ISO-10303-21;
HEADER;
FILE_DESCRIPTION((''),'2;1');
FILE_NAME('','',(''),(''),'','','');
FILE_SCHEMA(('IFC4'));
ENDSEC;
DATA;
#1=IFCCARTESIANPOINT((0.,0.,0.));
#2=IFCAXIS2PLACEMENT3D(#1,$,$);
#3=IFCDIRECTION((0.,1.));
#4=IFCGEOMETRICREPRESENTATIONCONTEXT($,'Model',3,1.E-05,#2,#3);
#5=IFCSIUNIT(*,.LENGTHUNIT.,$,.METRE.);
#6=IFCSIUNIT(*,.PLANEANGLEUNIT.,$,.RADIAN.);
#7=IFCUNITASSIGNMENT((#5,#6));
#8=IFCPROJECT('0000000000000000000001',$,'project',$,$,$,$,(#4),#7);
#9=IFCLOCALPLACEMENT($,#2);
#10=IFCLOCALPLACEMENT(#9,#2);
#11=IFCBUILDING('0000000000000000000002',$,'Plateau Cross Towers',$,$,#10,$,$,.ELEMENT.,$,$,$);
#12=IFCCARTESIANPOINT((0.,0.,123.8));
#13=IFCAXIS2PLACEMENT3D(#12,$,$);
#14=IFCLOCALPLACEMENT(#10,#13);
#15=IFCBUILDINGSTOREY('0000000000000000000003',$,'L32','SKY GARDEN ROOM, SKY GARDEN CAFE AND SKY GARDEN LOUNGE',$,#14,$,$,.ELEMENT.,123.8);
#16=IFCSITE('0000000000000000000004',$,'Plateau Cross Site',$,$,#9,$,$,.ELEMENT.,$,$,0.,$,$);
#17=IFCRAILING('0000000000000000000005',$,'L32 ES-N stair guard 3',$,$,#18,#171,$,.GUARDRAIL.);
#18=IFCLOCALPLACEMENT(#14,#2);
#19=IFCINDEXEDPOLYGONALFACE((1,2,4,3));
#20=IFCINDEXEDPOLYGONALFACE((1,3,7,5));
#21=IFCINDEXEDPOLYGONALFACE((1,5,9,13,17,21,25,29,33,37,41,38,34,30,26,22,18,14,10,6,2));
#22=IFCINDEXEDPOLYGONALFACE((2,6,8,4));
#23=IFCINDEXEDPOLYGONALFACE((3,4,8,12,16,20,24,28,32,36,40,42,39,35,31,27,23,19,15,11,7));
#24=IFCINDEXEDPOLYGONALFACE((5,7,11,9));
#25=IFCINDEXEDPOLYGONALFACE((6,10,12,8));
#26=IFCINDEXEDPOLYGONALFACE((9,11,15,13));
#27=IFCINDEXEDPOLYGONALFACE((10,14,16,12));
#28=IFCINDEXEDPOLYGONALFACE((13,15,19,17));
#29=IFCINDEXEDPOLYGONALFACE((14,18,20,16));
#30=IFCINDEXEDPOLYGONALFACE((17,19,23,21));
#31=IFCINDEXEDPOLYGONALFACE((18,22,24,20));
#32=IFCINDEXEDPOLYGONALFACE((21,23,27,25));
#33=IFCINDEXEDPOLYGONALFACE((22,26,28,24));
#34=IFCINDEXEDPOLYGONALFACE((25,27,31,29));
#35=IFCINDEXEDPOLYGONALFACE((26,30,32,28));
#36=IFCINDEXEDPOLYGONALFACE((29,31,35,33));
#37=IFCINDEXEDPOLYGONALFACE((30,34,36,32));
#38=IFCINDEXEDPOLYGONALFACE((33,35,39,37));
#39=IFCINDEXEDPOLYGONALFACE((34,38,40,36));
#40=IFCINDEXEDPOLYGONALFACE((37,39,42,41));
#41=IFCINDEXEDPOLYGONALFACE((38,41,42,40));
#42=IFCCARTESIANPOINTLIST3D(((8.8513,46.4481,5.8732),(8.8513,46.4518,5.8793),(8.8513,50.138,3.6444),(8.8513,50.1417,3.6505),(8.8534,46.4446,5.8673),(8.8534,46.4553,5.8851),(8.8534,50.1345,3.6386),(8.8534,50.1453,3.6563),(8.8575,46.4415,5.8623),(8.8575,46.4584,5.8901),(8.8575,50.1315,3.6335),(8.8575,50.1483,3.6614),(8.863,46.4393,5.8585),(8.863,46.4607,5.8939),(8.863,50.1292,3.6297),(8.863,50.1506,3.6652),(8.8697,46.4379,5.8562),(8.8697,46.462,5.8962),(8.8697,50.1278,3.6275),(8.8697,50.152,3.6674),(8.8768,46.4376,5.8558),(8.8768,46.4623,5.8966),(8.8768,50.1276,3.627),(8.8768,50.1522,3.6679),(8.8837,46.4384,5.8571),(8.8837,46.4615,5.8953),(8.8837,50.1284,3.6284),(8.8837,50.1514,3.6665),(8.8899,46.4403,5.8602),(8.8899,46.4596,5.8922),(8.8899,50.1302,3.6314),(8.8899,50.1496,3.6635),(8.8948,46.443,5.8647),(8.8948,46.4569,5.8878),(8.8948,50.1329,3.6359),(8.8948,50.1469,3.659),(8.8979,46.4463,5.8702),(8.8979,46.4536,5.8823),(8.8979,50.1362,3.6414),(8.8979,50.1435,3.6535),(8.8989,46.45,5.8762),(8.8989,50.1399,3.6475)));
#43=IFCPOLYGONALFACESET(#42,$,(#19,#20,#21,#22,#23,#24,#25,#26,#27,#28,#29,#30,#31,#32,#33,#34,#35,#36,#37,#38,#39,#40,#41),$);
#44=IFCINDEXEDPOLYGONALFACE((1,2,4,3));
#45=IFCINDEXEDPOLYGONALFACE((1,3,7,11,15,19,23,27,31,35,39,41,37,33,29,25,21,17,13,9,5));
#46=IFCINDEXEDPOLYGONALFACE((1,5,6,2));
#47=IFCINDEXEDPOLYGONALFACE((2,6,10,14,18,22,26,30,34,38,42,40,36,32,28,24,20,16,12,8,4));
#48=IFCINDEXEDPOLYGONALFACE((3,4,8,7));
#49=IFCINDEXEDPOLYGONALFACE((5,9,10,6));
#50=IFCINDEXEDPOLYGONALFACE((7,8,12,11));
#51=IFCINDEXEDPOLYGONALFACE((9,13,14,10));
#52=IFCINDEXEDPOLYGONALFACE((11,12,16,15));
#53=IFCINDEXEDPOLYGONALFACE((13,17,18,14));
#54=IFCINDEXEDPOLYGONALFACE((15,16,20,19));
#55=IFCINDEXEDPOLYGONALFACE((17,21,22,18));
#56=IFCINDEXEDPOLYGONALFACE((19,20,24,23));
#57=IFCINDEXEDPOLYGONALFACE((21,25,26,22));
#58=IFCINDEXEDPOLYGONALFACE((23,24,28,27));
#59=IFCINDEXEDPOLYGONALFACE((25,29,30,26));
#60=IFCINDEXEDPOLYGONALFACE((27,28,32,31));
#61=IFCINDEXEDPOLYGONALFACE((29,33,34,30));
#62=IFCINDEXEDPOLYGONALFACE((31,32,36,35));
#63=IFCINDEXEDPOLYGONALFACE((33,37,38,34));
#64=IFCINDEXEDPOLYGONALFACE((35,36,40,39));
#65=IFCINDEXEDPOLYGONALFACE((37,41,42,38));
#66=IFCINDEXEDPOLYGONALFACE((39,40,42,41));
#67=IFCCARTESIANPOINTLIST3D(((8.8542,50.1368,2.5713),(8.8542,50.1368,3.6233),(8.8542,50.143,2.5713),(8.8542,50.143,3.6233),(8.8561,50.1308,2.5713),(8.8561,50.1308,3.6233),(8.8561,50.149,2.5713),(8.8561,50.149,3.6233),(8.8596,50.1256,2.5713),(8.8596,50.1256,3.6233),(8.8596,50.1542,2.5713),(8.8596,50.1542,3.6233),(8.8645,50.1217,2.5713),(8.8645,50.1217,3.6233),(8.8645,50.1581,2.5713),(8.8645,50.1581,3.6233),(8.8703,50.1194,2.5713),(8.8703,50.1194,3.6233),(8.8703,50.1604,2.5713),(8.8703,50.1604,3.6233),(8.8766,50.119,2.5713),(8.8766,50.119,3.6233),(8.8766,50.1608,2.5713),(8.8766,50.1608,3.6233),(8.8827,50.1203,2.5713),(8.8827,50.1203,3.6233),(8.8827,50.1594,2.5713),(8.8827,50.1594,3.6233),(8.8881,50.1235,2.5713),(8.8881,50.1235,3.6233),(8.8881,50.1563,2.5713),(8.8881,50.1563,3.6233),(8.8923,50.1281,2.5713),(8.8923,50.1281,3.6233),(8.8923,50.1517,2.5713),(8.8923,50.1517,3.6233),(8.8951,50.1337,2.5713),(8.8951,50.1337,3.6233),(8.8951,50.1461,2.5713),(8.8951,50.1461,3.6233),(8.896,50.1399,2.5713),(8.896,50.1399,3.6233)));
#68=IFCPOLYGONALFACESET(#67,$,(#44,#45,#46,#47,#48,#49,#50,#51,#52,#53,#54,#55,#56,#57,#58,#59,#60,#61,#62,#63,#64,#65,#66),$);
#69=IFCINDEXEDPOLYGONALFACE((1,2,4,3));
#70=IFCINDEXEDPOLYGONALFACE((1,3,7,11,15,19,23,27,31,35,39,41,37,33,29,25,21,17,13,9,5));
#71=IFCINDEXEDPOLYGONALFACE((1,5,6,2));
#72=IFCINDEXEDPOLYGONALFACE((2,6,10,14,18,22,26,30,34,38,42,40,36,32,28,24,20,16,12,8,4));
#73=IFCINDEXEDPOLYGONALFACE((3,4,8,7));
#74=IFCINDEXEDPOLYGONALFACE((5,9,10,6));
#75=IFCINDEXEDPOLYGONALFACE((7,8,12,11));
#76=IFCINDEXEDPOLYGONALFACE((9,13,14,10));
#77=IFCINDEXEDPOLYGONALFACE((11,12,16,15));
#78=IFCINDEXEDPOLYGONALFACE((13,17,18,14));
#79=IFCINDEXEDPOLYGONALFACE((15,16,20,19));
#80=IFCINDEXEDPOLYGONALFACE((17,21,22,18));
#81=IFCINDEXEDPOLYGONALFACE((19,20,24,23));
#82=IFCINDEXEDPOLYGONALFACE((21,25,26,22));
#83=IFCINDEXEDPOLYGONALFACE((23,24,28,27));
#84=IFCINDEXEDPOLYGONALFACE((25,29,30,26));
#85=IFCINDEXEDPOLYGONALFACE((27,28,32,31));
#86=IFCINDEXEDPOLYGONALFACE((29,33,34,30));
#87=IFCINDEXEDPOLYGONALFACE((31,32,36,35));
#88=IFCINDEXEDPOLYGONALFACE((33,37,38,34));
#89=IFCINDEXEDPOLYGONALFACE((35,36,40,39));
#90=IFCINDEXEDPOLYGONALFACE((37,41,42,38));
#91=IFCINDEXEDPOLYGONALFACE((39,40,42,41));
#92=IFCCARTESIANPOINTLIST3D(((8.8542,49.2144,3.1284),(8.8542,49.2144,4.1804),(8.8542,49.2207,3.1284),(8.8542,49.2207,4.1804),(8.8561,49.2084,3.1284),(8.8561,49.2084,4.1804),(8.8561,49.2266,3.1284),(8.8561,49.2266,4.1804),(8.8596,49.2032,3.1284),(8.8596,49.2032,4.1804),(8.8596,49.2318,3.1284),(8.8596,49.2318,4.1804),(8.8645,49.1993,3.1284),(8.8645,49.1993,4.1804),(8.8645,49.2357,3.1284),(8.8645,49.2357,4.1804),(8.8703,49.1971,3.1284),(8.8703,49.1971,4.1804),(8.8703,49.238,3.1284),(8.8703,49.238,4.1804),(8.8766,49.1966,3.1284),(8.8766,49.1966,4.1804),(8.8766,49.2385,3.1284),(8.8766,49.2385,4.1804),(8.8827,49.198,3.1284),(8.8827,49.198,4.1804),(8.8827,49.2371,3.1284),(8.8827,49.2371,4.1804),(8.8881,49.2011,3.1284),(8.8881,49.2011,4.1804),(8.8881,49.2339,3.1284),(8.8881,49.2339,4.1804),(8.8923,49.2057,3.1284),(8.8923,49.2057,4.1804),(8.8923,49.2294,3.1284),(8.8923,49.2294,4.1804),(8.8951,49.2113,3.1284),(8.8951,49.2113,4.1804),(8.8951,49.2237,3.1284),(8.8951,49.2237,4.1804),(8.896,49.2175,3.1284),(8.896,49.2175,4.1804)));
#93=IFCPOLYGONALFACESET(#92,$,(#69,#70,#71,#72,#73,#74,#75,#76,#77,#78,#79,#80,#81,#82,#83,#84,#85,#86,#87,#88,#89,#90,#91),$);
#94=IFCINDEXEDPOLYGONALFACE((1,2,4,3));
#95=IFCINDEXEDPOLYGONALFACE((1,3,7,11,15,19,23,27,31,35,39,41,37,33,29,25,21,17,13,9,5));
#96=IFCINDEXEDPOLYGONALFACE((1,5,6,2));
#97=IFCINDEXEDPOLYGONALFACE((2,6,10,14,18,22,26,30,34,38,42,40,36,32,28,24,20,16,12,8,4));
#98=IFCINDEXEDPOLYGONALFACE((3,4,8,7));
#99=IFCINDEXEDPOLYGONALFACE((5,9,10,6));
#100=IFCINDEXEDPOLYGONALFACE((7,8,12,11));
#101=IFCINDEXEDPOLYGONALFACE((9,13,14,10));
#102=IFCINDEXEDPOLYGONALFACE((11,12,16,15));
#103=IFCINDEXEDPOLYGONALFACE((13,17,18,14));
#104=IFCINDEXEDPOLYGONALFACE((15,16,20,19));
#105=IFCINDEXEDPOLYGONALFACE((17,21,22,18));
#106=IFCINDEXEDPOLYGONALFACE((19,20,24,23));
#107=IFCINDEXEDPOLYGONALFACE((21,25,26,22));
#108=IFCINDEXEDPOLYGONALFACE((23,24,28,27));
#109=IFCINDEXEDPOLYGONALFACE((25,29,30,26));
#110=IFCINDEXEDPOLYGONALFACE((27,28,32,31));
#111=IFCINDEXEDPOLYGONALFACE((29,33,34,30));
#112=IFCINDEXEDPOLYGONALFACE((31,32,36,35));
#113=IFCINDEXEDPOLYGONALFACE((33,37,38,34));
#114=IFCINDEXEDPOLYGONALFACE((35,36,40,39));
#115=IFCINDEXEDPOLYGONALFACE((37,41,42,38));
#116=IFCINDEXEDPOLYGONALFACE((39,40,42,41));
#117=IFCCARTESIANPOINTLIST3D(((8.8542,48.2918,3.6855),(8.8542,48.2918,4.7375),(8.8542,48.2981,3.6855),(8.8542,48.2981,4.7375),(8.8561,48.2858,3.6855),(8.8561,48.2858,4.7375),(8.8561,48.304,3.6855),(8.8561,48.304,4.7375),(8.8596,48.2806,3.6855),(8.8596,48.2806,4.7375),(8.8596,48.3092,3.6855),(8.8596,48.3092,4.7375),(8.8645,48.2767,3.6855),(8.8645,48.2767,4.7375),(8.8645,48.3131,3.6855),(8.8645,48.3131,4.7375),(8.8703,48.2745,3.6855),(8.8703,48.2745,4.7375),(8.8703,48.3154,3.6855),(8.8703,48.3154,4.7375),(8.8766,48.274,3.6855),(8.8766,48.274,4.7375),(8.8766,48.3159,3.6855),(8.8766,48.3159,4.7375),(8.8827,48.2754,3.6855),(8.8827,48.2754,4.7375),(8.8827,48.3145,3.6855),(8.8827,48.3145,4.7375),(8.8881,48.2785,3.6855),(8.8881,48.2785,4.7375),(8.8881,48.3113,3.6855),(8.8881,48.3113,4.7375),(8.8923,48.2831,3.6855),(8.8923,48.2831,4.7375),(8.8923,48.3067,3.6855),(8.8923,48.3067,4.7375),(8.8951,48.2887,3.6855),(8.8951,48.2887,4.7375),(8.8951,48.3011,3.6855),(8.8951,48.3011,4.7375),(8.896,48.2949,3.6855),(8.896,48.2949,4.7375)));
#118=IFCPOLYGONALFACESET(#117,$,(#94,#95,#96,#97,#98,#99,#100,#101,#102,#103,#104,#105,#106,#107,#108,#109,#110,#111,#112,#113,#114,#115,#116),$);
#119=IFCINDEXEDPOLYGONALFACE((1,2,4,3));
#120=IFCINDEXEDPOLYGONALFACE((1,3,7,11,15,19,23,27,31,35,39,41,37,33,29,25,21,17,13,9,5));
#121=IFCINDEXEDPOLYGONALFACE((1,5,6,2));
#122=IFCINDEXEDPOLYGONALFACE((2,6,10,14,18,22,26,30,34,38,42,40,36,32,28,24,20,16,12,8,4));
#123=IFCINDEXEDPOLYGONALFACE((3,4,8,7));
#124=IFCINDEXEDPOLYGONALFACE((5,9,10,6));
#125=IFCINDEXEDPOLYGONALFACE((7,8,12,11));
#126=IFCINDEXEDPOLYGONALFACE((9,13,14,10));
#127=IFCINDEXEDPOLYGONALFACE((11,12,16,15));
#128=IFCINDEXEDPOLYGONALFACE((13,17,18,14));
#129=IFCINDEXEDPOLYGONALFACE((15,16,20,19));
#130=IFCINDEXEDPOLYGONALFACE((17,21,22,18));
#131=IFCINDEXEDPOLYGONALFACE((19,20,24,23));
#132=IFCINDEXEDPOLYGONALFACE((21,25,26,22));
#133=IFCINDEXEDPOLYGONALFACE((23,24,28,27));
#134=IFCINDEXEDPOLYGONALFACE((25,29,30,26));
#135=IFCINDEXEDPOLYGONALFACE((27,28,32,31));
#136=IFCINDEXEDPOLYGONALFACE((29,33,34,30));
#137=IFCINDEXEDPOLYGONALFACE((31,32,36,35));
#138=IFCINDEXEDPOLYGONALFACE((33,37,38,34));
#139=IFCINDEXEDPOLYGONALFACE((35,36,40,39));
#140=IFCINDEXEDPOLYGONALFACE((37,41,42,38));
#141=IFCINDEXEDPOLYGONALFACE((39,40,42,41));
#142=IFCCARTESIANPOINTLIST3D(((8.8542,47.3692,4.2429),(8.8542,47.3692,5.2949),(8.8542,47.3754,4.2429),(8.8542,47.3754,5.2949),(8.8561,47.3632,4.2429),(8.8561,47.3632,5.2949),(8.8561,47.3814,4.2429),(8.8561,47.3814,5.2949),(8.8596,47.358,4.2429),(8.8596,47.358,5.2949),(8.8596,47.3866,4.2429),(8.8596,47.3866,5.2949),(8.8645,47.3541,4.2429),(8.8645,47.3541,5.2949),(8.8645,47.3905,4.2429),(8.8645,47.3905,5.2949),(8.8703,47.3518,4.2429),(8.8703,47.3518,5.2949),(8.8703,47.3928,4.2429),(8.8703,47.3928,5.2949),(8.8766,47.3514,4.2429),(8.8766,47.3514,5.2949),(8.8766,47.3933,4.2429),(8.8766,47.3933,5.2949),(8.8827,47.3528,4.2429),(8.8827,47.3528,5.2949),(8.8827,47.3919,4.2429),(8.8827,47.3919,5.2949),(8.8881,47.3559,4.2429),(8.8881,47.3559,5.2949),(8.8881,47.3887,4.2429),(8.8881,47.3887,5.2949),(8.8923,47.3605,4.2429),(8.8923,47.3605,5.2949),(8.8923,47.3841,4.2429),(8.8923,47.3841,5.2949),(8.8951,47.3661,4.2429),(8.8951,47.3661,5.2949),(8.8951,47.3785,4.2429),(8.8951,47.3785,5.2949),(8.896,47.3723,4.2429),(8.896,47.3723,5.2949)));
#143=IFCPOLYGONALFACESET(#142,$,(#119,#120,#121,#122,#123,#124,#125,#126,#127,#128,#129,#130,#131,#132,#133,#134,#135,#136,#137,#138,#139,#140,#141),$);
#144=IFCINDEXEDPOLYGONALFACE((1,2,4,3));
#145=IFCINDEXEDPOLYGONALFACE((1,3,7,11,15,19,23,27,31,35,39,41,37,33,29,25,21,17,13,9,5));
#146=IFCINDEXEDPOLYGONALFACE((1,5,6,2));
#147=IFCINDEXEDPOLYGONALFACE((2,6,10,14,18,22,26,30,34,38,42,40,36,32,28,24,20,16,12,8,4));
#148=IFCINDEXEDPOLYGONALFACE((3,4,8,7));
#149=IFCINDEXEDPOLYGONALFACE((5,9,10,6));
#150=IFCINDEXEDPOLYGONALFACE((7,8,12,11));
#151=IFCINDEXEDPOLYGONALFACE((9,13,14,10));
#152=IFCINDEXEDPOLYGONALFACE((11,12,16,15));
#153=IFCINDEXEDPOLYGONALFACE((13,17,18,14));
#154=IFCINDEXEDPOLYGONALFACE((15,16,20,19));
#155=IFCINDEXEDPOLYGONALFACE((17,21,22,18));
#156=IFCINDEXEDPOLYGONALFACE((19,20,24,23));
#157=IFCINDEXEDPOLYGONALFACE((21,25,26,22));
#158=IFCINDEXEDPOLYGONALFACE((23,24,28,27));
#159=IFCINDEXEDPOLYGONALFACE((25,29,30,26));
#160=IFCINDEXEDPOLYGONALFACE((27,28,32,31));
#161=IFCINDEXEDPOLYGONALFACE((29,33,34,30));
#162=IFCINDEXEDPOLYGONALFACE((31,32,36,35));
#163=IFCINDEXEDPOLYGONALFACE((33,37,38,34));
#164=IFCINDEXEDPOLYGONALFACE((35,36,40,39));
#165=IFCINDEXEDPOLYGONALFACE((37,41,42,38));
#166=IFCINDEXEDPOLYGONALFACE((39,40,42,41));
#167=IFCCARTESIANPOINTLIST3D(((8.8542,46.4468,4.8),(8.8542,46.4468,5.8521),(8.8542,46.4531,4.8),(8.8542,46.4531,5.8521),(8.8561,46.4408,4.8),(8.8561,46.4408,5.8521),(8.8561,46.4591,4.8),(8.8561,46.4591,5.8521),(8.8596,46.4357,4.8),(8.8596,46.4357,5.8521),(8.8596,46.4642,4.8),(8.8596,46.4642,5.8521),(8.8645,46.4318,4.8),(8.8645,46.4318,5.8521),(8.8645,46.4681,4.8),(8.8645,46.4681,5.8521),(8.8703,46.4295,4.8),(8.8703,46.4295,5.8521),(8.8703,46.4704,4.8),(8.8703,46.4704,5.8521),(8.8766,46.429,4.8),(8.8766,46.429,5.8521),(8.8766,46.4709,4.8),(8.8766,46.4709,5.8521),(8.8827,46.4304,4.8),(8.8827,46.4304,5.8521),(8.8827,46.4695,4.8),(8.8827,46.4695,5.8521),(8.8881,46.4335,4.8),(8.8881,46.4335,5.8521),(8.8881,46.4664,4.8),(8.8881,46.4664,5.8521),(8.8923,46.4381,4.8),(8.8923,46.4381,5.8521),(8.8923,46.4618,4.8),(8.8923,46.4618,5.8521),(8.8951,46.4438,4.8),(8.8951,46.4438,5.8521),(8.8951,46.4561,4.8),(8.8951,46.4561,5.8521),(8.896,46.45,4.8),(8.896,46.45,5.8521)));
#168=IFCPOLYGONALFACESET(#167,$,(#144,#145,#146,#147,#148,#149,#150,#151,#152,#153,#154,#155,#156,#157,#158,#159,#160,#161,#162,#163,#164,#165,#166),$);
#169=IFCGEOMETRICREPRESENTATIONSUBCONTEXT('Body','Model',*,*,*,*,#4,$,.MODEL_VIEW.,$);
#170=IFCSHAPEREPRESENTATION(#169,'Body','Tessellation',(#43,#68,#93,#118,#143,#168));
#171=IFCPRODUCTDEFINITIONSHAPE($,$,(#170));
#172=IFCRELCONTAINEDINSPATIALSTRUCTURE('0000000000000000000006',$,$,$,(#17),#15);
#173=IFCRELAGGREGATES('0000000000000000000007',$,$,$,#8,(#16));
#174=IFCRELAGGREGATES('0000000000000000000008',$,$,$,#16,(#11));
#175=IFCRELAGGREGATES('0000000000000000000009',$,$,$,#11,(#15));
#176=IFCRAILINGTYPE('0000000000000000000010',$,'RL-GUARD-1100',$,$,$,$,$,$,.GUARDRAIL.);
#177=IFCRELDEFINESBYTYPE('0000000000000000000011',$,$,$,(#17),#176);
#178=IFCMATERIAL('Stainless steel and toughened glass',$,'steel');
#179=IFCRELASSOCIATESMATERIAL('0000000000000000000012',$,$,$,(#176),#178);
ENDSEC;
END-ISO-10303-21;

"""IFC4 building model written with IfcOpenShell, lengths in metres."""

from ifc_helpers import new_model, si_unit, direction, frame, origin, origin_2d, place, context, subcontext, project, spatial, circle, extrude, material, type_object, element, save


model = new_model("IFC4")

# Units and contexts
model_context = context("Model", 3, precision=1e-05, world=origin(), true_north=direction((0.0, 1.0)))
body_context = subcontext(model_context, "Body", "Model", "MODEL_VIEW")
ifc_project = project(units=[si_unit("LENGTHUNIT", "METRE"), si_unit("PLANEANGLEUNIT", "RADIAN")], contexts=[model_context])

# Site, building, storey
site_placement = place(None, origin())
site = spatial("IfcSite", under=ifc_project, at=site_placement, Name="Plateau Cross Site", CompositionType="ELEMENT", RefElevation=0.0)
building_placement = place(site_placement, origin())
building = spatial("IfcBuilding", under=site, at=building_placement, Name="Plateau Cross Towers", CompositionType="ELEMENT")
storey_placement = place(building_placement, frame((0.0, 0.0, 123.8)))
storey = spatial("IfcBuildingStorey", under=building, at=storey_placement, Name="L32", Description="SKY GARDEN ROOM, SKY GARDEN CAFE AND SKY GARDEN LOUNGE", CompositionType="ELEMENT", Elevation=123.8)

# Railing
ifc_material_1 = material(Name="Stainless steel and toughened glass", Category="steel")
railing_type_1 = type_object("IfcRailingType", Name="RL-GUARD-1100", PredefinedType="GUARDRAIL", material=ifc_material_1)
railing_1_placement = place(storey_placement, frame((8.875, 50.1399, 2.5713)))
element("IfcRailing", 1, at=railing_1_placement, inside=storey, type_object=railing_type_1, Name="L32 ES-N stair guard 3", PredefinedType="GUARDRAIL", context=body_context, shape_type="SweptSolid", body=[
    extrude(circle(Radius=0.0239, at=origin_2d()), frame((0.0, 0.0, 1.0762), z_axis=(0.0, -0.855975, 0.517017), x_axis=(1.0, 0.0, 0.0)), (0.0, 0.0, 1.0), 4.3108),
    extrude(circle(Radius=0.021, at=origin_2d()), origin(), (0.0, 0.0, 1.0), 1.052),
    extrude(circle(Radius=0.021, at=origin_2d()), frame((0.0, -0.9224, 0.5571)), (0.0, 0.0, 1.0), 1.052),
    extrude(circle(Radius=0.021, at=origin_2d()), frame((0.0, -1.845, 1.1143)), (0.0, 0.0, 1.0), 1.052),
    extrude(circle(Radius=0.021, at=origin_2d()), frame((0.0, -2.7676, 1.6716)), (0.0, 0.0, 1.0), 1.052),
    extrude(circle(Radius=0.021, at=origin_2d()), frame((0.0, -3.6899, 2.2288)), (0.0, 0.0, 1.0), 1.052),
])

save(model, "model.ifc")
